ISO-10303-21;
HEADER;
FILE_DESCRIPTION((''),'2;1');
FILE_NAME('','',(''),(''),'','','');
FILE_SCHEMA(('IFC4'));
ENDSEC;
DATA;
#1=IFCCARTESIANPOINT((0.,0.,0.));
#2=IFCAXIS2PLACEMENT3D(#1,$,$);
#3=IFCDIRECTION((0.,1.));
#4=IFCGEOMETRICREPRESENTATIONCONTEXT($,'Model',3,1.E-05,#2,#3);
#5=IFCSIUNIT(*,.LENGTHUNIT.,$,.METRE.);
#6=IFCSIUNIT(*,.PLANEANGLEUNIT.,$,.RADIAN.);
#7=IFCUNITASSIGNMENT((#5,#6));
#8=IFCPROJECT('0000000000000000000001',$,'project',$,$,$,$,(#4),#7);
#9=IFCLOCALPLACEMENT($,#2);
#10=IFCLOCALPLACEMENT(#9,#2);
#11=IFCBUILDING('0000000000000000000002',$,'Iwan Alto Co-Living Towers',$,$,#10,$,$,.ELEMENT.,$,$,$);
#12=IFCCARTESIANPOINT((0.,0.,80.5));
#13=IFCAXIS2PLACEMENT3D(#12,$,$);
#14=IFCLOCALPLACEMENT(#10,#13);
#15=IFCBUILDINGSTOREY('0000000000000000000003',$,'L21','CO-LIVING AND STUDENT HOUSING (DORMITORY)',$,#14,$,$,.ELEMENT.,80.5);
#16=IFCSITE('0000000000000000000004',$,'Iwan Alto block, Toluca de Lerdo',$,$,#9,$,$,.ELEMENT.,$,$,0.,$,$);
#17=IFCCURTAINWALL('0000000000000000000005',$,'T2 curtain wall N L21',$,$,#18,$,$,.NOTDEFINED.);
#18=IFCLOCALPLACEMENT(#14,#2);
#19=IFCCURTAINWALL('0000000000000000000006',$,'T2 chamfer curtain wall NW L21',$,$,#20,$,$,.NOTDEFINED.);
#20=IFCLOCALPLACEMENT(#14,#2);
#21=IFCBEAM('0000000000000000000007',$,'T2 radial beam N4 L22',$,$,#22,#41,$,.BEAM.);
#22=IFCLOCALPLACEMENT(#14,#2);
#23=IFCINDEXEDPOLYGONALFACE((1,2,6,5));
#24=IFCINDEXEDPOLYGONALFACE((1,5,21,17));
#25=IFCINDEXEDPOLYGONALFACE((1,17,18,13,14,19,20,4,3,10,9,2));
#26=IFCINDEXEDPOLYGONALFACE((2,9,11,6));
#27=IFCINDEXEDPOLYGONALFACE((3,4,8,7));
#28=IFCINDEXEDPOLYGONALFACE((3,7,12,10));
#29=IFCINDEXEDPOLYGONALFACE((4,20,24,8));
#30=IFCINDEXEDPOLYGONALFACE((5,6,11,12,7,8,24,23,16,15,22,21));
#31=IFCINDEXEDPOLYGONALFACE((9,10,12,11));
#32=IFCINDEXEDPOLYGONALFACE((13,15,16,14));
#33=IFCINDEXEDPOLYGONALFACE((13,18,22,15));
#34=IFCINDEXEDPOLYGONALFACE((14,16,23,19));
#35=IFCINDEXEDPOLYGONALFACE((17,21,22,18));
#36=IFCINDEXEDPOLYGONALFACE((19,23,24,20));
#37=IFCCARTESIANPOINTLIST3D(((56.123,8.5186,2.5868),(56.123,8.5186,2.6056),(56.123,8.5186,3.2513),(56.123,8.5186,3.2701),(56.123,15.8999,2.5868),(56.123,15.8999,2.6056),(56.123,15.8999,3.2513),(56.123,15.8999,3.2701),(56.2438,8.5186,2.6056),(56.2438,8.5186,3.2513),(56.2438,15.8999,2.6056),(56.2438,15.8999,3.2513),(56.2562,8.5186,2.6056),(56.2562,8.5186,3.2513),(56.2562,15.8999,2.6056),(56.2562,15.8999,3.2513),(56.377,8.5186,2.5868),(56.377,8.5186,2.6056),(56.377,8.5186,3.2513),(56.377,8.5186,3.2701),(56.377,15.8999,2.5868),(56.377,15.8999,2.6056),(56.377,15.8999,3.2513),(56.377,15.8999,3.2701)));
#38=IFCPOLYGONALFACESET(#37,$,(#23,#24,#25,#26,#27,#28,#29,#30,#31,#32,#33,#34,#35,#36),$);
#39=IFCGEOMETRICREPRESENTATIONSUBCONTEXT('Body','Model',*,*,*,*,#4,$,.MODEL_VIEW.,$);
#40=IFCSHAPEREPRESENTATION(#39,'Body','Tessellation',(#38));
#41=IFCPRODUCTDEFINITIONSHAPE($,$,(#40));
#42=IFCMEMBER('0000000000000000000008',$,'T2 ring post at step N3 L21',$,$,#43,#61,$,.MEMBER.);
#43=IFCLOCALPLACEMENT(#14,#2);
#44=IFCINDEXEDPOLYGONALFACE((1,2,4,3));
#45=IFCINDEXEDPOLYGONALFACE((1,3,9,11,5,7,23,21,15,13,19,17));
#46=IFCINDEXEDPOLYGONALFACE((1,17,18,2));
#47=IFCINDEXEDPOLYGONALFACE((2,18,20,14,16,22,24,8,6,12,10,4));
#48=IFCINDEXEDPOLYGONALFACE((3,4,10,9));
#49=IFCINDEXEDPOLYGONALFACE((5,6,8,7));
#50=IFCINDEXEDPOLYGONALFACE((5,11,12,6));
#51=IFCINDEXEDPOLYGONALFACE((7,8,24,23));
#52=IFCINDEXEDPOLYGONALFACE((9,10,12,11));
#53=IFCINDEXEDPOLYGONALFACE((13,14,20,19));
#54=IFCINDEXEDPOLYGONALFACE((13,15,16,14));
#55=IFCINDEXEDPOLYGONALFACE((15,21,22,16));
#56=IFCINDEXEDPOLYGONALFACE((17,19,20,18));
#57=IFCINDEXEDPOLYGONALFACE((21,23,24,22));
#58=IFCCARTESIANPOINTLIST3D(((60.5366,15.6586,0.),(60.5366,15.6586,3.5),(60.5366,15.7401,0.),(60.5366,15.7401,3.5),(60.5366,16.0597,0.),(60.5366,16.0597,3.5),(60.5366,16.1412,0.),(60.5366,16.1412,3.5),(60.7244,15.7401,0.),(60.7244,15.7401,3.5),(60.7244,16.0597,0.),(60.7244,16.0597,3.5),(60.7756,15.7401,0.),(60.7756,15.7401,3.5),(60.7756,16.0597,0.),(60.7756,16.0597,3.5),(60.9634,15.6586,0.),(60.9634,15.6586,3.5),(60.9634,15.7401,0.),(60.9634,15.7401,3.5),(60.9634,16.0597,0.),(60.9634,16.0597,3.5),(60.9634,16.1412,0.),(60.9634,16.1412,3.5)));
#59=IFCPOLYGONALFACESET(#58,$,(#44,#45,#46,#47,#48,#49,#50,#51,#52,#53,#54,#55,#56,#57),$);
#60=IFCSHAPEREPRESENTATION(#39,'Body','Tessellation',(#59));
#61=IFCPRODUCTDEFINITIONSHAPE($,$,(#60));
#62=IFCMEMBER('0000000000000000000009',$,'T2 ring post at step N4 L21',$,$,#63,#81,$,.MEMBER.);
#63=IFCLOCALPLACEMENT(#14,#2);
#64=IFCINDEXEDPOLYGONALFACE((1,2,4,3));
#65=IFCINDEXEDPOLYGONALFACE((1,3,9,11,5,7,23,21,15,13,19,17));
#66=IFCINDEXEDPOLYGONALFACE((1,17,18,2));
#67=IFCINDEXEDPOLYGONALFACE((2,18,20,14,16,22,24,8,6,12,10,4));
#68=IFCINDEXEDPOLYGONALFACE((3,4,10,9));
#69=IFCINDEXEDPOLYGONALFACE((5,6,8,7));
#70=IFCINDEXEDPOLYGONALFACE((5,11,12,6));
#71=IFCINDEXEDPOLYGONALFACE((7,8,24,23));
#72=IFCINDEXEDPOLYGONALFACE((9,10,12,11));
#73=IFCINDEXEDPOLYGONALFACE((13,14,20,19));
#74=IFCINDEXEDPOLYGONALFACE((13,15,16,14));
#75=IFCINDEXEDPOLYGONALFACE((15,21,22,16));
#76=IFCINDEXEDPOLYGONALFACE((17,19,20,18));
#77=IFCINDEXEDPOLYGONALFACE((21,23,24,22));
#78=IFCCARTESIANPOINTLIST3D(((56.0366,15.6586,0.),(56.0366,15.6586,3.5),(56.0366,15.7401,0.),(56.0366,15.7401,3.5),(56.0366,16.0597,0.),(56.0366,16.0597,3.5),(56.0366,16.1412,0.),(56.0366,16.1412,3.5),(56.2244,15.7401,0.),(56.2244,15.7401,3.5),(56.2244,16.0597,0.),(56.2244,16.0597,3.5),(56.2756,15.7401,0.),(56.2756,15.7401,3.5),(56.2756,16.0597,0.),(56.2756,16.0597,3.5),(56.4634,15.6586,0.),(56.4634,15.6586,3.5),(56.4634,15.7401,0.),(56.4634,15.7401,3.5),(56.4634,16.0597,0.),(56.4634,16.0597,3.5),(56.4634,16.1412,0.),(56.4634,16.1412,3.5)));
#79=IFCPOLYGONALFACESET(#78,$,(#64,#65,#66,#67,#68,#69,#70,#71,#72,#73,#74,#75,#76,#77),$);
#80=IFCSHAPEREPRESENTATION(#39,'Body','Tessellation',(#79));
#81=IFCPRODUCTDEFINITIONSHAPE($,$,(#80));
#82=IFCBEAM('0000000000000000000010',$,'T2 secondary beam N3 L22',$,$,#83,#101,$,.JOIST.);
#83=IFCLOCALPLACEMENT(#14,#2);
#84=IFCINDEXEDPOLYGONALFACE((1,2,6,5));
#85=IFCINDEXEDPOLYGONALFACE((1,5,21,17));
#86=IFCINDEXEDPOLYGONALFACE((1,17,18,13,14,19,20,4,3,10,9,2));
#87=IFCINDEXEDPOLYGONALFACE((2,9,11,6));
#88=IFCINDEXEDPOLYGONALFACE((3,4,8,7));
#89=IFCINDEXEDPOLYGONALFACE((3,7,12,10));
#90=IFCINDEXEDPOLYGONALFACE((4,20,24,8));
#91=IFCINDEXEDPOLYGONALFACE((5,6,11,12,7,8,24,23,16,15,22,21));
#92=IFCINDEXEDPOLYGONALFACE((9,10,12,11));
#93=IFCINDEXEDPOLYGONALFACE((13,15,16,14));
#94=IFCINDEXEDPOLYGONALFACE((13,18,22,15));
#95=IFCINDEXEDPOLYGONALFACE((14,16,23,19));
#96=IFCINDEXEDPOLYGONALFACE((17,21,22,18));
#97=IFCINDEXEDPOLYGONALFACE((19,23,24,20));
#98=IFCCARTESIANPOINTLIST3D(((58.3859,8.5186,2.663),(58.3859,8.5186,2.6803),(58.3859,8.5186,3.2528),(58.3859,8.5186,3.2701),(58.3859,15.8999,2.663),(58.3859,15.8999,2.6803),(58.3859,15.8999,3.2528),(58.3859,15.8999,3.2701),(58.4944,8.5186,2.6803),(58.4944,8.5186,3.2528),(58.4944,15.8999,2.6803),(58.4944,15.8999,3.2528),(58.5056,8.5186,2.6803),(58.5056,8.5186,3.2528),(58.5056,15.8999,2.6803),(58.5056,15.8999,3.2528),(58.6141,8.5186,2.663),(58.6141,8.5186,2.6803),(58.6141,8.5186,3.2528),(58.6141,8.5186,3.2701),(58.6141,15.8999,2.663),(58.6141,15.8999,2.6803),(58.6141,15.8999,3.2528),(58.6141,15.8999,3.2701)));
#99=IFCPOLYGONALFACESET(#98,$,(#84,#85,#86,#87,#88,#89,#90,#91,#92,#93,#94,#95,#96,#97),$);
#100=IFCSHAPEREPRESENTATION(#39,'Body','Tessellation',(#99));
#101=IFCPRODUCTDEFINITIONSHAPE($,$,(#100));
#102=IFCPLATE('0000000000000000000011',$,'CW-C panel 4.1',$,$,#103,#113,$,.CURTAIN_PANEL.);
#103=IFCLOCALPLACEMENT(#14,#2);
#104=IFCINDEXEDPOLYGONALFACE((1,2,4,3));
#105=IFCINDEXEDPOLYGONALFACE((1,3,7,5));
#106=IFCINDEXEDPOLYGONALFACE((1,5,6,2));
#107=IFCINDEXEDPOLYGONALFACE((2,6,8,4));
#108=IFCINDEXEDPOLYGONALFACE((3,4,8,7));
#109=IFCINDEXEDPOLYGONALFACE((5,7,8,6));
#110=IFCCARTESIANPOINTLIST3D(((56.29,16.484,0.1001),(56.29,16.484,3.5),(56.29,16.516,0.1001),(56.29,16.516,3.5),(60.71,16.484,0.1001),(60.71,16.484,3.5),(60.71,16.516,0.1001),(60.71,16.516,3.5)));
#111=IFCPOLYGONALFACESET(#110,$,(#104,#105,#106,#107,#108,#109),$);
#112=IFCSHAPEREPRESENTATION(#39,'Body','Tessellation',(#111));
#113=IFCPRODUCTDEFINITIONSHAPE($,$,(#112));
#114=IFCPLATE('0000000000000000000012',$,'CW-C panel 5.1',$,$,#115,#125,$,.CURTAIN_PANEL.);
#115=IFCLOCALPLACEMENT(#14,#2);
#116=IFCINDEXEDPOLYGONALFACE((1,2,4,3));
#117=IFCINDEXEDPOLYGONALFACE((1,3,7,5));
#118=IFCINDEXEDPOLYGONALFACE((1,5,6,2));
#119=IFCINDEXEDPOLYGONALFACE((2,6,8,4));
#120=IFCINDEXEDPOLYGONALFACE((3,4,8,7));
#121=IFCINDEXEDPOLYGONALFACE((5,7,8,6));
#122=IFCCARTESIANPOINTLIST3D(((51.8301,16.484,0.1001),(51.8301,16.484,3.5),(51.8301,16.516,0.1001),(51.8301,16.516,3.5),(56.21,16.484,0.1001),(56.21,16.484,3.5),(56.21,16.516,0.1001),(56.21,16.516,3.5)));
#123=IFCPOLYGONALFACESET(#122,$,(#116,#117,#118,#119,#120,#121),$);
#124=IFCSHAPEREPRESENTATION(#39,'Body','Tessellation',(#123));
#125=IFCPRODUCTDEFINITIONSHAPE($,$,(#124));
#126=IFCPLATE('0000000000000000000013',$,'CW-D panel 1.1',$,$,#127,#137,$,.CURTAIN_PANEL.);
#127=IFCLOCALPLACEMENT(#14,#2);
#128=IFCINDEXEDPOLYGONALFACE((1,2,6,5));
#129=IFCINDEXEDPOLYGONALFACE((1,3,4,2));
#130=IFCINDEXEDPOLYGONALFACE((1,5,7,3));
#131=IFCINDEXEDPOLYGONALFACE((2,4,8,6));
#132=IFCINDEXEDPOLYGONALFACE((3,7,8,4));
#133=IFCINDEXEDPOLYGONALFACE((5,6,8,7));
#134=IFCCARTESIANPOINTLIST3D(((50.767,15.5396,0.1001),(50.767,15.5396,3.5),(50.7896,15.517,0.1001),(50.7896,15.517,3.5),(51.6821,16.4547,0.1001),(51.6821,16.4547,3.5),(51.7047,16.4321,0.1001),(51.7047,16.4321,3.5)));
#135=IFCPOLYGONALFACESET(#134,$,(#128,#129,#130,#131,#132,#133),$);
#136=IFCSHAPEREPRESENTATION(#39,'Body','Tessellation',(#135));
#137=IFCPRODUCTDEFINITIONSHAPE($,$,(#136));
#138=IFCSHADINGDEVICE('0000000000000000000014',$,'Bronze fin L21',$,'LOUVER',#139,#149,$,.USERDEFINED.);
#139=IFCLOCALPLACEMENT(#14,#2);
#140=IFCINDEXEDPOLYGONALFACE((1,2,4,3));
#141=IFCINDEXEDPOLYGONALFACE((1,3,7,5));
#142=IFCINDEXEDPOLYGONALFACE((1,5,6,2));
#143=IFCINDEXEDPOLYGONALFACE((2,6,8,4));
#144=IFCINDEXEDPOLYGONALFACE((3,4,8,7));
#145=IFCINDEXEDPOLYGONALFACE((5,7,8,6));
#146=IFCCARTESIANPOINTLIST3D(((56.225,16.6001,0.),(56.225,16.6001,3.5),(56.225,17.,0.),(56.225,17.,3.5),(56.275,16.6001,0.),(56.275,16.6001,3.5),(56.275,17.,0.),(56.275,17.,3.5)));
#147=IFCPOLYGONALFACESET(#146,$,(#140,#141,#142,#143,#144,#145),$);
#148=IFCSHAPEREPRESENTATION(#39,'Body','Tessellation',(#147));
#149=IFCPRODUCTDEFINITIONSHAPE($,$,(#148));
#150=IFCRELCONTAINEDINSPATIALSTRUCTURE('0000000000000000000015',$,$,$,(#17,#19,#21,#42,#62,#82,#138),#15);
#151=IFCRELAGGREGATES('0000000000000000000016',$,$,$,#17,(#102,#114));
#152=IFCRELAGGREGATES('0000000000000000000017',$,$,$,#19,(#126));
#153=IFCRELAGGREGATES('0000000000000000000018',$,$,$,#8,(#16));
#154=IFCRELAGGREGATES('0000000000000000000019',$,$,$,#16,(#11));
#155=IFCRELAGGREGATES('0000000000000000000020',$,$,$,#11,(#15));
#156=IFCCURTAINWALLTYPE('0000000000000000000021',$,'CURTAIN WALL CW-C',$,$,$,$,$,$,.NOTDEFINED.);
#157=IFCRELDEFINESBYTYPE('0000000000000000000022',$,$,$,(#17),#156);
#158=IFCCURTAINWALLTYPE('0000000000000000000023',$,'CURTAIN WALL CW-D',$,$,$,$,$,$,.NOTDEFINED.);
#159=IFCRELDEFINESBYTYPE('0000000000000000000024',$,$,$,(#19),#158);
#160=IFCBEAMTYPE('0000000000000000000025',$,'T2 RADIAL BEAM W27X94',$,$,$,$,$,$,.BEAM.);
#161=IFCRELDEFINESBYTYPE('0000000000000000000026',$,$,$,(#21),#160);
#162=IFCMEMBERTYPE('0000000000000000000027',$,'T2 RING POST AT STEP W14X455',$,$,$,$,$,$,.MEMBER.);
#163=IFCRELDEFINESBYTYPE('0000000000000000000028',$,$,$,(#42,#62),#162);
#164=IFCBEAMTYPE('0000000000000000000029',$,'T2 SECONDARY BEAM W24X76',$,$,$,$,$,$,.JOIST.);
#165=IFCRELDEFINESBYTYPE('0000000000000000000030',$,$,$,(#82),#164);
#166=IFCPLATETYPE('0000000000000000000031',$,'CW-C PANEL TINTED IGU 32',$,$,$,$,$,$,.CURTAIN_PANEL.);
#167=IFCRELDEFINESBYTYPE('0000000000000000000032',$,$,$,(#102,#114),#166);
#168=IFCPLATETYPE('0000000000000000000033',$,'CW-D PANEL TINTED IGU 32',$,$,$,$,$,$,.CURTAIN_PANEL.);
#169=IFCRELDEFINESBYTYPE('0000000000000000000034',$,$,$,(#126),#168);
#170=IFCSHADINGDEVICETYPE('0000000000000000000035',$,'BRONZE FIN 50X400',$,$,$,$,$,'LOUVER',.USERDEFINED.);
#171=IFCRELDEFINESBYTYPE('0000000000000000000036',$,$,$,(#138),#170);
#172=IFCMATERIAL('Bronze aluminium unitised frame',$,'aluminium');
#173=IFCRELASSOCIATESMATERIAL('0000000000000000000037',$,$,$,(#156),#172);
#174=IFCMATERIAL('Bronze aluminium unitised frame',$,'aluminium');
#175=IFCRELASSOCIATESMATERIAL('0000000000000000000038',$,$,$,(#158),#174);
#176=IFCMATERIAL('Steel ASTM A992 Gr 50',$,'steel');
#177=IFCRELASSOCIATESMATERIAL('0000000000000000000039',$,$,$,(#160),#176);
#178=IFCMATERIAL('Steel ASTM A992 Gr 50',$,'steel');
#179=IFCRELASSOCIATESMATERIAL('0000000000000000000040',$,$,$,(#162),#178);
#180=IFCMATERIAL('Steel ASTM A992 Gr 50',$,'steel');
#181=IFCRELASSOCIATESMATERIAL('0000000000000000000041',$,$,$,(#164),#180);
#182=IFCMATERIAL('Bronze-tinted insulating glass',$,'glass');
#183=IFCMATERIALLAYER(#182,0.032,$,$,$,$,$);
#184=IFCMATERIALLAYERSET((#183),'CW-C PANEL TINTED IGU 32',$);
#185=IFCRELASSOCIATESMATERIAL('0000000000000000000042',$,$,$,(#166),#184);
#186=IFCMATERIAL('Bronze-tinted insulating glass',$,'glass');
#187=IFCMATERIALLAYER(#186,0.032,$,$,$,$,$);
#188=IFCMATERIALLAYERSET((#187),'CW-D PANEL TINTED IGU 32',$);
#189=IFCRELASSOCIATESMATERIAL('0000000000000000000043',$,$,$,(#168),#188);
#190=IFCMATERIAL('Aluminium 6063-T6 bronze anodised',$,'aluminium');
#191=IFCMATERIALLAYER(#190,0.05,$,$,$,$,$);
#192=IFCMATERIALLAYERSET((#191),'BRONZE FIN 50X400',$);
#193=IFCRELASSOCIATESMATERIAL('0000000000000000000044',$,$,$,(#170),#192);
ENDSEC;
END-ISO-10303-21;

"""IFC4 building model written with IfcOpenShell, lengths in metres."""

from ifc_helpers import new_model, si_unit, direction, frame, origin, origin_2d, place, context, subcontext, project, spatial, rectangle, i_section, extrude, material, layer, layer_set, material_profile, profile_set, type_object, element, aggregate, save


model = new_model("IFC4")

# Units and contexts
model_context = context("Model", 3, precision=1e-05, world=origin(), true_north=direction((0.0, 1.0)))
body_context = subcontext(model_context, "Body", "Model", "MODEL_VIEW")
ifc_project = project(units=[si_unit("LENGTHUNIT", "METRE"), si_unit("PLANEANGLEUNIT", "RADIAN")], contexts=[model_context])

# Site, building, storey
site_placement = place(None, origin())
site = spatial("IfcSite", under=ifc_project, at=site_placement, Name="Iwan Alto block, Toluca de Lerdo", CompositionType="ELEMENT", RefElevation=0.0)
building_placement = place(site_placement, origin())
building = spatial("IfcBuilding", under=site, at=building_placement, Name="Iwan Alto Co-Living Towers", CompositionType="ELEMENT")
storey_placement = place(building_placement, frame((0.0, 0.0, 80.5)))
storey = spatial("IfcBuildingStorey", under=building, at=storey_placement, Name="L21", Description="CO-LIVING AND STUDENT HOUSING (DORMITORY)", CompositionType="ELEMENT", Elevation=80.5)

# Curtain walls
ifc_material_1 = material(Name="Bronze aluminium unitised frame", Category="aluminium")
curtain_wall_type_1 = type_object("IfcCurtainWallType", Name="CURTAIN WALL CW-C", PredefinedType="NOTDEFINED", material=ifc_material_1)
curtain_wall_1_placement = place(storey_placement, origin())
curtain_wall_1 = element("IfcCurtainWall", 1, at=curtain_wall_1_placement, inside=storey, type_object=curtain_wall_type_1, Name="T2 curtain wall N L21", PredefinedType="NOTDEFINED")
ifc_material_2 = material(Name="Bronze aluminium unitised frame", Category="aluminium")
curtain_wall_type_2 = type_object("IfcCurtainWallType", Name="CURTAIN WALL CW-D", PredefinedType="NOTDEFINED", material=ifc_material_2)
curtain_wall_2_placement = place(storey_placement, origin())
curtain_wall_2 = element("IfcCurtainWall", 2, at=curtain_wall_2_placement, inside=storey, type_object=curtain_wall_type_2, Name="T2 chamfer curtain wall NW L21", PredefinedType="NOTDEFINED")

# Beam
ifc_material_3 = material(Name="Steel ASTM A992 Gr 50", Category="steel")
ifc_material_profile_1 = material_profile(ifc_material_3, i_section(OverallWidth=0.2539, OverallDepth=0.6833, WebThickness=0.0125, FlangeThickness=0.0188, at=origin_2d()), Name="W27X94")
ifc_profile_set_1 = profile_set([ifc_material_profile_1], Name="Steel ASTM A992 Gr 50")
beam_type_1 = type_object("IfcBeamType", Name="T2 RADIAL BEAM W27X94", PredefinedType="BEAM", material=ifc_profile_set_1)
beam_1_placement = place(storey_placement, frame((56.25, 15.8999, 2.9285), z_axis=(0.0, -1.0, 0.0), x_axis=(1.0, 0.0, 0.0)))
element("IfcBeam", 3, at=beam_1_placement, inside=storey, type_object=beam_type_1, Name="T2 radial beam N4 L22", PredefinedType="BEAM", context=body_context, shape_type="SweptSolid", body=[
    extrude(i_section(OverallWidth=0.2539, OverallDepth=0.6833, WebThickness=0.0125, FlangeThickness=0.0188, at=origin_2d()), origin(), (0.0, 0.0, 1.0), 7.3813),
])

# Members
ifc_material_4 = material(Name="Steel ASTM A992 Gr 50", Category="steel")
ifc_material_profile_2 = material_profile(ifc_material_4, i_section(OverallWidth=0.4268, OverallDepth=0.4827, WebThickness=0.0513, FlangeThickness=0.0815, at=origin_2d()), Name="W14X455")
ifc_profile_set_2 = profile_set([ifc_material_profile_2], Name="Steel ASTM A992 Gr 50")
member_type_1 = type_object("IfcMemberType", Name="T2 RING POST AT STEP W14X455", PredefinedType="MEMBER", material=ifc_profile_set_2)
for number, where, z_axis, x_axis, name in (
    (4, (60.75, 15.8999, 0.0), (0.0, 0.0, 1.0), (1.0, 0.0, 0.0), "T2 ring post at step N3 L21"),
    (5, (56.25, 15.8999, 0.0), (0.0, 0.0, 1.0), (1.0, 0.0, 0.0), "T2 ring post at step N4 L21"),
):
    element("IfcMember", number, at=place(storey_placement, frame(where, z_axis=z_axis, x_axis=x_axis)), inside=storey, type_object=member_type_1, Name=name, PredefinedType="MEMBER", context=body_context, shape_type="SweptSolid", body=[
        extrude(i_section(OverallWidth=0.4268, OverallDepth=0.4827, WebThickness=0.0513, FlangeThickness=0.0815, at=origin_2d()), origin(), (0.0, 0.0, 1.0), 3.5),
    ])

# Beam
ifc_material_5 = material(Name="Steel ASTM A992 Gr 50", Category="steel")
ifc_material_profile_3 = material_profile(ifc_material_5, i_section(OverallWidth=0.2283, OverallDepth=0.6072, WebThickness=0.0112, FlangeThickness=0.0173, at=origin_2d()), Name="W24X76")
ifc_profile_set_3 = profile_set([ifc_material_profile_3], Name="Steel ASTM A992 Gr 50")
beam_type_2 = type_object("IfcBeamType", Name="T2 SECONDARY BEAM W24X76", PredefinedType="JOIST", material=ifc_profile_set_3)
beam_2_placement = place(storey_placement, frame((58.5, 15.8999, 2.9666), z_axis=(0.0, -1.0, 0.0), x_axis=(1.0, 0.0, 0.0)))
element("IfcBeam", 6, at=beam_2_placement, inside=storey, type_object=beam_type_2, Name="T2 secondary beam N3 L22", PredefinedType="JOIST", context=body_context, shape_type="SweptSolid", body=[
    extrude(i_section(OverallWidth=0.2283, OverallDepth=0.6072, WebThickness=0.0112, FlangeThickness=0.0173, at=origin_2d()), origin(), (0.0, 0.0, 1.0), 7.3813),
])

# Plates
ifc_material_6 = material(Name="Bronze-tinted insulating glass", Category="glass")
ifc_layer_1 = layer(ifc_material_6, 0.032)
ifc_layer_set_1 = layer_set([ifc_layer_1], Name="CW-C PANEL TINTED IGU 32")
plate_type_1 = type_object("IfcPlateType", Name="CW-C PANEL TINTED IGU 32", PredefinedType="CURTAIN_PANEL", material=ifc_layer_set_1)
plate_1_placement = place(storey_placement, frame((58.5, 16.5, 0.1001), z_axis=(0.0, 0.0, 1.0), x_axis=(-1.0, 0.0, 0.0)))
plate_1 = element("IfcPlate", 7, at=plate_1_placement, type_object=plate_type_1, Name="CW-C panel 4.1", PredefinedType="CURTAIN_PANEL", context=body_context, shape_type="SweptSolid", body=[
    extrude(rectangle(XDim=4.4199, YDim=0.032, at=origin_2d()), origin(), (0.0, 0.0, 1.0), 3.3999),
])
plate_2_placement = place(storey_placement, frame((54.02, 16.5, 0.1001), z_axis=(0.0, 0.0, 1.0), x_axis=(-1.0, 0.0, 0.0)))
plate_2 = element("IfcPlate", 8, at=plate_2_placement, type_object=plate_type_1, Name="CW-C panel 5.1", PredefinedType="CURTAIN_PANEL", context=body_context, shape_type="SweptSolid", body=[
    extrude(rectangle(XDim=4.3799, YDim=0.032, at=origin_2d()), origin(), (0.0, 0.0, 1.0), 3.3999),
])
aggregate(curtain_wall_1, [plate_1, plate_2])
ifc_material_7 = material(Name="Bronze-tinted insulating glass", Category="glass")
ifc_layer_2 = layer(ifc_material_7, 0.032)
ifc_layer_set_2 = layer_set([ifc_layer_2], Name="CW-D PANEL TINTED IGU 32")
plate_type_2 = type_object("IfcPlateType", Name="CW-D PANEL TINTED IGU 32", PredefinedType="CURTAIN_PANEL", material=ifc_layer_set_2)
plate_3_placement = place(storey_placement, frame((51.2358, 15.9858, 0.1001), z_axis=(0.0, 0.0, 1.0), x_axis=(-0.707107, -0.707107, 0.0)))
plate_3 = element("IfcPlate", 9, at=plate_3_placement, type_object=plate_type_2, Name="CW-D panel 1.1", PredefinedType="CURTAIN_PANEL", context=body_context, shape_type="SweptSolid", body=[
    extrude(rectangle(XDim=1.2942, YDim=0.032, at=origin_2d()), origin(), (0.0, 0.0, 1.0), 3.3999),
])
aggregate(curtain_wall_2, [plate_3])

# Shading device
ifc_material_8 = material(Name="Aluminium 6063-T6 bronze anodised", Category="aluminium")
ifc_layer_3 = layer(ifc_material_8, 0.05)
ifc_layer_set_3 = layer_set([ifc_layer_3], Name="BRONZE FIN 50X400")
shading_device_type = type_object("IfcShadingDeviceType", Name="BRONZE FIN 50X400", ElementType="LOUVER", PredefinedType="USERDEFINED", material=ifc_layer_set_3)
shading_device_placement = place(storey_placement, frame((56.25, 16.8, 0.0), z_axis=(0.0, 0.0, 1.0), x_axis=(-1.0, 0.0, 0.0)))
element("IfcShadingDevice", 10, at=shading_device_placement, inside=storey, type_object=shading_device_type, Name="Bronze fin L21", ObjectType="LOUVER", PredefinedType="USERDEFINED", context=body_context, shape_type="SweptSolid", body=[
    extrude(rectangle(XDim=0.05, YDim=0.3999, at=origin_2d()), origin(), (0.0, 0.0, 1.0), 3.5),
])

save(model, "model.ifc")
